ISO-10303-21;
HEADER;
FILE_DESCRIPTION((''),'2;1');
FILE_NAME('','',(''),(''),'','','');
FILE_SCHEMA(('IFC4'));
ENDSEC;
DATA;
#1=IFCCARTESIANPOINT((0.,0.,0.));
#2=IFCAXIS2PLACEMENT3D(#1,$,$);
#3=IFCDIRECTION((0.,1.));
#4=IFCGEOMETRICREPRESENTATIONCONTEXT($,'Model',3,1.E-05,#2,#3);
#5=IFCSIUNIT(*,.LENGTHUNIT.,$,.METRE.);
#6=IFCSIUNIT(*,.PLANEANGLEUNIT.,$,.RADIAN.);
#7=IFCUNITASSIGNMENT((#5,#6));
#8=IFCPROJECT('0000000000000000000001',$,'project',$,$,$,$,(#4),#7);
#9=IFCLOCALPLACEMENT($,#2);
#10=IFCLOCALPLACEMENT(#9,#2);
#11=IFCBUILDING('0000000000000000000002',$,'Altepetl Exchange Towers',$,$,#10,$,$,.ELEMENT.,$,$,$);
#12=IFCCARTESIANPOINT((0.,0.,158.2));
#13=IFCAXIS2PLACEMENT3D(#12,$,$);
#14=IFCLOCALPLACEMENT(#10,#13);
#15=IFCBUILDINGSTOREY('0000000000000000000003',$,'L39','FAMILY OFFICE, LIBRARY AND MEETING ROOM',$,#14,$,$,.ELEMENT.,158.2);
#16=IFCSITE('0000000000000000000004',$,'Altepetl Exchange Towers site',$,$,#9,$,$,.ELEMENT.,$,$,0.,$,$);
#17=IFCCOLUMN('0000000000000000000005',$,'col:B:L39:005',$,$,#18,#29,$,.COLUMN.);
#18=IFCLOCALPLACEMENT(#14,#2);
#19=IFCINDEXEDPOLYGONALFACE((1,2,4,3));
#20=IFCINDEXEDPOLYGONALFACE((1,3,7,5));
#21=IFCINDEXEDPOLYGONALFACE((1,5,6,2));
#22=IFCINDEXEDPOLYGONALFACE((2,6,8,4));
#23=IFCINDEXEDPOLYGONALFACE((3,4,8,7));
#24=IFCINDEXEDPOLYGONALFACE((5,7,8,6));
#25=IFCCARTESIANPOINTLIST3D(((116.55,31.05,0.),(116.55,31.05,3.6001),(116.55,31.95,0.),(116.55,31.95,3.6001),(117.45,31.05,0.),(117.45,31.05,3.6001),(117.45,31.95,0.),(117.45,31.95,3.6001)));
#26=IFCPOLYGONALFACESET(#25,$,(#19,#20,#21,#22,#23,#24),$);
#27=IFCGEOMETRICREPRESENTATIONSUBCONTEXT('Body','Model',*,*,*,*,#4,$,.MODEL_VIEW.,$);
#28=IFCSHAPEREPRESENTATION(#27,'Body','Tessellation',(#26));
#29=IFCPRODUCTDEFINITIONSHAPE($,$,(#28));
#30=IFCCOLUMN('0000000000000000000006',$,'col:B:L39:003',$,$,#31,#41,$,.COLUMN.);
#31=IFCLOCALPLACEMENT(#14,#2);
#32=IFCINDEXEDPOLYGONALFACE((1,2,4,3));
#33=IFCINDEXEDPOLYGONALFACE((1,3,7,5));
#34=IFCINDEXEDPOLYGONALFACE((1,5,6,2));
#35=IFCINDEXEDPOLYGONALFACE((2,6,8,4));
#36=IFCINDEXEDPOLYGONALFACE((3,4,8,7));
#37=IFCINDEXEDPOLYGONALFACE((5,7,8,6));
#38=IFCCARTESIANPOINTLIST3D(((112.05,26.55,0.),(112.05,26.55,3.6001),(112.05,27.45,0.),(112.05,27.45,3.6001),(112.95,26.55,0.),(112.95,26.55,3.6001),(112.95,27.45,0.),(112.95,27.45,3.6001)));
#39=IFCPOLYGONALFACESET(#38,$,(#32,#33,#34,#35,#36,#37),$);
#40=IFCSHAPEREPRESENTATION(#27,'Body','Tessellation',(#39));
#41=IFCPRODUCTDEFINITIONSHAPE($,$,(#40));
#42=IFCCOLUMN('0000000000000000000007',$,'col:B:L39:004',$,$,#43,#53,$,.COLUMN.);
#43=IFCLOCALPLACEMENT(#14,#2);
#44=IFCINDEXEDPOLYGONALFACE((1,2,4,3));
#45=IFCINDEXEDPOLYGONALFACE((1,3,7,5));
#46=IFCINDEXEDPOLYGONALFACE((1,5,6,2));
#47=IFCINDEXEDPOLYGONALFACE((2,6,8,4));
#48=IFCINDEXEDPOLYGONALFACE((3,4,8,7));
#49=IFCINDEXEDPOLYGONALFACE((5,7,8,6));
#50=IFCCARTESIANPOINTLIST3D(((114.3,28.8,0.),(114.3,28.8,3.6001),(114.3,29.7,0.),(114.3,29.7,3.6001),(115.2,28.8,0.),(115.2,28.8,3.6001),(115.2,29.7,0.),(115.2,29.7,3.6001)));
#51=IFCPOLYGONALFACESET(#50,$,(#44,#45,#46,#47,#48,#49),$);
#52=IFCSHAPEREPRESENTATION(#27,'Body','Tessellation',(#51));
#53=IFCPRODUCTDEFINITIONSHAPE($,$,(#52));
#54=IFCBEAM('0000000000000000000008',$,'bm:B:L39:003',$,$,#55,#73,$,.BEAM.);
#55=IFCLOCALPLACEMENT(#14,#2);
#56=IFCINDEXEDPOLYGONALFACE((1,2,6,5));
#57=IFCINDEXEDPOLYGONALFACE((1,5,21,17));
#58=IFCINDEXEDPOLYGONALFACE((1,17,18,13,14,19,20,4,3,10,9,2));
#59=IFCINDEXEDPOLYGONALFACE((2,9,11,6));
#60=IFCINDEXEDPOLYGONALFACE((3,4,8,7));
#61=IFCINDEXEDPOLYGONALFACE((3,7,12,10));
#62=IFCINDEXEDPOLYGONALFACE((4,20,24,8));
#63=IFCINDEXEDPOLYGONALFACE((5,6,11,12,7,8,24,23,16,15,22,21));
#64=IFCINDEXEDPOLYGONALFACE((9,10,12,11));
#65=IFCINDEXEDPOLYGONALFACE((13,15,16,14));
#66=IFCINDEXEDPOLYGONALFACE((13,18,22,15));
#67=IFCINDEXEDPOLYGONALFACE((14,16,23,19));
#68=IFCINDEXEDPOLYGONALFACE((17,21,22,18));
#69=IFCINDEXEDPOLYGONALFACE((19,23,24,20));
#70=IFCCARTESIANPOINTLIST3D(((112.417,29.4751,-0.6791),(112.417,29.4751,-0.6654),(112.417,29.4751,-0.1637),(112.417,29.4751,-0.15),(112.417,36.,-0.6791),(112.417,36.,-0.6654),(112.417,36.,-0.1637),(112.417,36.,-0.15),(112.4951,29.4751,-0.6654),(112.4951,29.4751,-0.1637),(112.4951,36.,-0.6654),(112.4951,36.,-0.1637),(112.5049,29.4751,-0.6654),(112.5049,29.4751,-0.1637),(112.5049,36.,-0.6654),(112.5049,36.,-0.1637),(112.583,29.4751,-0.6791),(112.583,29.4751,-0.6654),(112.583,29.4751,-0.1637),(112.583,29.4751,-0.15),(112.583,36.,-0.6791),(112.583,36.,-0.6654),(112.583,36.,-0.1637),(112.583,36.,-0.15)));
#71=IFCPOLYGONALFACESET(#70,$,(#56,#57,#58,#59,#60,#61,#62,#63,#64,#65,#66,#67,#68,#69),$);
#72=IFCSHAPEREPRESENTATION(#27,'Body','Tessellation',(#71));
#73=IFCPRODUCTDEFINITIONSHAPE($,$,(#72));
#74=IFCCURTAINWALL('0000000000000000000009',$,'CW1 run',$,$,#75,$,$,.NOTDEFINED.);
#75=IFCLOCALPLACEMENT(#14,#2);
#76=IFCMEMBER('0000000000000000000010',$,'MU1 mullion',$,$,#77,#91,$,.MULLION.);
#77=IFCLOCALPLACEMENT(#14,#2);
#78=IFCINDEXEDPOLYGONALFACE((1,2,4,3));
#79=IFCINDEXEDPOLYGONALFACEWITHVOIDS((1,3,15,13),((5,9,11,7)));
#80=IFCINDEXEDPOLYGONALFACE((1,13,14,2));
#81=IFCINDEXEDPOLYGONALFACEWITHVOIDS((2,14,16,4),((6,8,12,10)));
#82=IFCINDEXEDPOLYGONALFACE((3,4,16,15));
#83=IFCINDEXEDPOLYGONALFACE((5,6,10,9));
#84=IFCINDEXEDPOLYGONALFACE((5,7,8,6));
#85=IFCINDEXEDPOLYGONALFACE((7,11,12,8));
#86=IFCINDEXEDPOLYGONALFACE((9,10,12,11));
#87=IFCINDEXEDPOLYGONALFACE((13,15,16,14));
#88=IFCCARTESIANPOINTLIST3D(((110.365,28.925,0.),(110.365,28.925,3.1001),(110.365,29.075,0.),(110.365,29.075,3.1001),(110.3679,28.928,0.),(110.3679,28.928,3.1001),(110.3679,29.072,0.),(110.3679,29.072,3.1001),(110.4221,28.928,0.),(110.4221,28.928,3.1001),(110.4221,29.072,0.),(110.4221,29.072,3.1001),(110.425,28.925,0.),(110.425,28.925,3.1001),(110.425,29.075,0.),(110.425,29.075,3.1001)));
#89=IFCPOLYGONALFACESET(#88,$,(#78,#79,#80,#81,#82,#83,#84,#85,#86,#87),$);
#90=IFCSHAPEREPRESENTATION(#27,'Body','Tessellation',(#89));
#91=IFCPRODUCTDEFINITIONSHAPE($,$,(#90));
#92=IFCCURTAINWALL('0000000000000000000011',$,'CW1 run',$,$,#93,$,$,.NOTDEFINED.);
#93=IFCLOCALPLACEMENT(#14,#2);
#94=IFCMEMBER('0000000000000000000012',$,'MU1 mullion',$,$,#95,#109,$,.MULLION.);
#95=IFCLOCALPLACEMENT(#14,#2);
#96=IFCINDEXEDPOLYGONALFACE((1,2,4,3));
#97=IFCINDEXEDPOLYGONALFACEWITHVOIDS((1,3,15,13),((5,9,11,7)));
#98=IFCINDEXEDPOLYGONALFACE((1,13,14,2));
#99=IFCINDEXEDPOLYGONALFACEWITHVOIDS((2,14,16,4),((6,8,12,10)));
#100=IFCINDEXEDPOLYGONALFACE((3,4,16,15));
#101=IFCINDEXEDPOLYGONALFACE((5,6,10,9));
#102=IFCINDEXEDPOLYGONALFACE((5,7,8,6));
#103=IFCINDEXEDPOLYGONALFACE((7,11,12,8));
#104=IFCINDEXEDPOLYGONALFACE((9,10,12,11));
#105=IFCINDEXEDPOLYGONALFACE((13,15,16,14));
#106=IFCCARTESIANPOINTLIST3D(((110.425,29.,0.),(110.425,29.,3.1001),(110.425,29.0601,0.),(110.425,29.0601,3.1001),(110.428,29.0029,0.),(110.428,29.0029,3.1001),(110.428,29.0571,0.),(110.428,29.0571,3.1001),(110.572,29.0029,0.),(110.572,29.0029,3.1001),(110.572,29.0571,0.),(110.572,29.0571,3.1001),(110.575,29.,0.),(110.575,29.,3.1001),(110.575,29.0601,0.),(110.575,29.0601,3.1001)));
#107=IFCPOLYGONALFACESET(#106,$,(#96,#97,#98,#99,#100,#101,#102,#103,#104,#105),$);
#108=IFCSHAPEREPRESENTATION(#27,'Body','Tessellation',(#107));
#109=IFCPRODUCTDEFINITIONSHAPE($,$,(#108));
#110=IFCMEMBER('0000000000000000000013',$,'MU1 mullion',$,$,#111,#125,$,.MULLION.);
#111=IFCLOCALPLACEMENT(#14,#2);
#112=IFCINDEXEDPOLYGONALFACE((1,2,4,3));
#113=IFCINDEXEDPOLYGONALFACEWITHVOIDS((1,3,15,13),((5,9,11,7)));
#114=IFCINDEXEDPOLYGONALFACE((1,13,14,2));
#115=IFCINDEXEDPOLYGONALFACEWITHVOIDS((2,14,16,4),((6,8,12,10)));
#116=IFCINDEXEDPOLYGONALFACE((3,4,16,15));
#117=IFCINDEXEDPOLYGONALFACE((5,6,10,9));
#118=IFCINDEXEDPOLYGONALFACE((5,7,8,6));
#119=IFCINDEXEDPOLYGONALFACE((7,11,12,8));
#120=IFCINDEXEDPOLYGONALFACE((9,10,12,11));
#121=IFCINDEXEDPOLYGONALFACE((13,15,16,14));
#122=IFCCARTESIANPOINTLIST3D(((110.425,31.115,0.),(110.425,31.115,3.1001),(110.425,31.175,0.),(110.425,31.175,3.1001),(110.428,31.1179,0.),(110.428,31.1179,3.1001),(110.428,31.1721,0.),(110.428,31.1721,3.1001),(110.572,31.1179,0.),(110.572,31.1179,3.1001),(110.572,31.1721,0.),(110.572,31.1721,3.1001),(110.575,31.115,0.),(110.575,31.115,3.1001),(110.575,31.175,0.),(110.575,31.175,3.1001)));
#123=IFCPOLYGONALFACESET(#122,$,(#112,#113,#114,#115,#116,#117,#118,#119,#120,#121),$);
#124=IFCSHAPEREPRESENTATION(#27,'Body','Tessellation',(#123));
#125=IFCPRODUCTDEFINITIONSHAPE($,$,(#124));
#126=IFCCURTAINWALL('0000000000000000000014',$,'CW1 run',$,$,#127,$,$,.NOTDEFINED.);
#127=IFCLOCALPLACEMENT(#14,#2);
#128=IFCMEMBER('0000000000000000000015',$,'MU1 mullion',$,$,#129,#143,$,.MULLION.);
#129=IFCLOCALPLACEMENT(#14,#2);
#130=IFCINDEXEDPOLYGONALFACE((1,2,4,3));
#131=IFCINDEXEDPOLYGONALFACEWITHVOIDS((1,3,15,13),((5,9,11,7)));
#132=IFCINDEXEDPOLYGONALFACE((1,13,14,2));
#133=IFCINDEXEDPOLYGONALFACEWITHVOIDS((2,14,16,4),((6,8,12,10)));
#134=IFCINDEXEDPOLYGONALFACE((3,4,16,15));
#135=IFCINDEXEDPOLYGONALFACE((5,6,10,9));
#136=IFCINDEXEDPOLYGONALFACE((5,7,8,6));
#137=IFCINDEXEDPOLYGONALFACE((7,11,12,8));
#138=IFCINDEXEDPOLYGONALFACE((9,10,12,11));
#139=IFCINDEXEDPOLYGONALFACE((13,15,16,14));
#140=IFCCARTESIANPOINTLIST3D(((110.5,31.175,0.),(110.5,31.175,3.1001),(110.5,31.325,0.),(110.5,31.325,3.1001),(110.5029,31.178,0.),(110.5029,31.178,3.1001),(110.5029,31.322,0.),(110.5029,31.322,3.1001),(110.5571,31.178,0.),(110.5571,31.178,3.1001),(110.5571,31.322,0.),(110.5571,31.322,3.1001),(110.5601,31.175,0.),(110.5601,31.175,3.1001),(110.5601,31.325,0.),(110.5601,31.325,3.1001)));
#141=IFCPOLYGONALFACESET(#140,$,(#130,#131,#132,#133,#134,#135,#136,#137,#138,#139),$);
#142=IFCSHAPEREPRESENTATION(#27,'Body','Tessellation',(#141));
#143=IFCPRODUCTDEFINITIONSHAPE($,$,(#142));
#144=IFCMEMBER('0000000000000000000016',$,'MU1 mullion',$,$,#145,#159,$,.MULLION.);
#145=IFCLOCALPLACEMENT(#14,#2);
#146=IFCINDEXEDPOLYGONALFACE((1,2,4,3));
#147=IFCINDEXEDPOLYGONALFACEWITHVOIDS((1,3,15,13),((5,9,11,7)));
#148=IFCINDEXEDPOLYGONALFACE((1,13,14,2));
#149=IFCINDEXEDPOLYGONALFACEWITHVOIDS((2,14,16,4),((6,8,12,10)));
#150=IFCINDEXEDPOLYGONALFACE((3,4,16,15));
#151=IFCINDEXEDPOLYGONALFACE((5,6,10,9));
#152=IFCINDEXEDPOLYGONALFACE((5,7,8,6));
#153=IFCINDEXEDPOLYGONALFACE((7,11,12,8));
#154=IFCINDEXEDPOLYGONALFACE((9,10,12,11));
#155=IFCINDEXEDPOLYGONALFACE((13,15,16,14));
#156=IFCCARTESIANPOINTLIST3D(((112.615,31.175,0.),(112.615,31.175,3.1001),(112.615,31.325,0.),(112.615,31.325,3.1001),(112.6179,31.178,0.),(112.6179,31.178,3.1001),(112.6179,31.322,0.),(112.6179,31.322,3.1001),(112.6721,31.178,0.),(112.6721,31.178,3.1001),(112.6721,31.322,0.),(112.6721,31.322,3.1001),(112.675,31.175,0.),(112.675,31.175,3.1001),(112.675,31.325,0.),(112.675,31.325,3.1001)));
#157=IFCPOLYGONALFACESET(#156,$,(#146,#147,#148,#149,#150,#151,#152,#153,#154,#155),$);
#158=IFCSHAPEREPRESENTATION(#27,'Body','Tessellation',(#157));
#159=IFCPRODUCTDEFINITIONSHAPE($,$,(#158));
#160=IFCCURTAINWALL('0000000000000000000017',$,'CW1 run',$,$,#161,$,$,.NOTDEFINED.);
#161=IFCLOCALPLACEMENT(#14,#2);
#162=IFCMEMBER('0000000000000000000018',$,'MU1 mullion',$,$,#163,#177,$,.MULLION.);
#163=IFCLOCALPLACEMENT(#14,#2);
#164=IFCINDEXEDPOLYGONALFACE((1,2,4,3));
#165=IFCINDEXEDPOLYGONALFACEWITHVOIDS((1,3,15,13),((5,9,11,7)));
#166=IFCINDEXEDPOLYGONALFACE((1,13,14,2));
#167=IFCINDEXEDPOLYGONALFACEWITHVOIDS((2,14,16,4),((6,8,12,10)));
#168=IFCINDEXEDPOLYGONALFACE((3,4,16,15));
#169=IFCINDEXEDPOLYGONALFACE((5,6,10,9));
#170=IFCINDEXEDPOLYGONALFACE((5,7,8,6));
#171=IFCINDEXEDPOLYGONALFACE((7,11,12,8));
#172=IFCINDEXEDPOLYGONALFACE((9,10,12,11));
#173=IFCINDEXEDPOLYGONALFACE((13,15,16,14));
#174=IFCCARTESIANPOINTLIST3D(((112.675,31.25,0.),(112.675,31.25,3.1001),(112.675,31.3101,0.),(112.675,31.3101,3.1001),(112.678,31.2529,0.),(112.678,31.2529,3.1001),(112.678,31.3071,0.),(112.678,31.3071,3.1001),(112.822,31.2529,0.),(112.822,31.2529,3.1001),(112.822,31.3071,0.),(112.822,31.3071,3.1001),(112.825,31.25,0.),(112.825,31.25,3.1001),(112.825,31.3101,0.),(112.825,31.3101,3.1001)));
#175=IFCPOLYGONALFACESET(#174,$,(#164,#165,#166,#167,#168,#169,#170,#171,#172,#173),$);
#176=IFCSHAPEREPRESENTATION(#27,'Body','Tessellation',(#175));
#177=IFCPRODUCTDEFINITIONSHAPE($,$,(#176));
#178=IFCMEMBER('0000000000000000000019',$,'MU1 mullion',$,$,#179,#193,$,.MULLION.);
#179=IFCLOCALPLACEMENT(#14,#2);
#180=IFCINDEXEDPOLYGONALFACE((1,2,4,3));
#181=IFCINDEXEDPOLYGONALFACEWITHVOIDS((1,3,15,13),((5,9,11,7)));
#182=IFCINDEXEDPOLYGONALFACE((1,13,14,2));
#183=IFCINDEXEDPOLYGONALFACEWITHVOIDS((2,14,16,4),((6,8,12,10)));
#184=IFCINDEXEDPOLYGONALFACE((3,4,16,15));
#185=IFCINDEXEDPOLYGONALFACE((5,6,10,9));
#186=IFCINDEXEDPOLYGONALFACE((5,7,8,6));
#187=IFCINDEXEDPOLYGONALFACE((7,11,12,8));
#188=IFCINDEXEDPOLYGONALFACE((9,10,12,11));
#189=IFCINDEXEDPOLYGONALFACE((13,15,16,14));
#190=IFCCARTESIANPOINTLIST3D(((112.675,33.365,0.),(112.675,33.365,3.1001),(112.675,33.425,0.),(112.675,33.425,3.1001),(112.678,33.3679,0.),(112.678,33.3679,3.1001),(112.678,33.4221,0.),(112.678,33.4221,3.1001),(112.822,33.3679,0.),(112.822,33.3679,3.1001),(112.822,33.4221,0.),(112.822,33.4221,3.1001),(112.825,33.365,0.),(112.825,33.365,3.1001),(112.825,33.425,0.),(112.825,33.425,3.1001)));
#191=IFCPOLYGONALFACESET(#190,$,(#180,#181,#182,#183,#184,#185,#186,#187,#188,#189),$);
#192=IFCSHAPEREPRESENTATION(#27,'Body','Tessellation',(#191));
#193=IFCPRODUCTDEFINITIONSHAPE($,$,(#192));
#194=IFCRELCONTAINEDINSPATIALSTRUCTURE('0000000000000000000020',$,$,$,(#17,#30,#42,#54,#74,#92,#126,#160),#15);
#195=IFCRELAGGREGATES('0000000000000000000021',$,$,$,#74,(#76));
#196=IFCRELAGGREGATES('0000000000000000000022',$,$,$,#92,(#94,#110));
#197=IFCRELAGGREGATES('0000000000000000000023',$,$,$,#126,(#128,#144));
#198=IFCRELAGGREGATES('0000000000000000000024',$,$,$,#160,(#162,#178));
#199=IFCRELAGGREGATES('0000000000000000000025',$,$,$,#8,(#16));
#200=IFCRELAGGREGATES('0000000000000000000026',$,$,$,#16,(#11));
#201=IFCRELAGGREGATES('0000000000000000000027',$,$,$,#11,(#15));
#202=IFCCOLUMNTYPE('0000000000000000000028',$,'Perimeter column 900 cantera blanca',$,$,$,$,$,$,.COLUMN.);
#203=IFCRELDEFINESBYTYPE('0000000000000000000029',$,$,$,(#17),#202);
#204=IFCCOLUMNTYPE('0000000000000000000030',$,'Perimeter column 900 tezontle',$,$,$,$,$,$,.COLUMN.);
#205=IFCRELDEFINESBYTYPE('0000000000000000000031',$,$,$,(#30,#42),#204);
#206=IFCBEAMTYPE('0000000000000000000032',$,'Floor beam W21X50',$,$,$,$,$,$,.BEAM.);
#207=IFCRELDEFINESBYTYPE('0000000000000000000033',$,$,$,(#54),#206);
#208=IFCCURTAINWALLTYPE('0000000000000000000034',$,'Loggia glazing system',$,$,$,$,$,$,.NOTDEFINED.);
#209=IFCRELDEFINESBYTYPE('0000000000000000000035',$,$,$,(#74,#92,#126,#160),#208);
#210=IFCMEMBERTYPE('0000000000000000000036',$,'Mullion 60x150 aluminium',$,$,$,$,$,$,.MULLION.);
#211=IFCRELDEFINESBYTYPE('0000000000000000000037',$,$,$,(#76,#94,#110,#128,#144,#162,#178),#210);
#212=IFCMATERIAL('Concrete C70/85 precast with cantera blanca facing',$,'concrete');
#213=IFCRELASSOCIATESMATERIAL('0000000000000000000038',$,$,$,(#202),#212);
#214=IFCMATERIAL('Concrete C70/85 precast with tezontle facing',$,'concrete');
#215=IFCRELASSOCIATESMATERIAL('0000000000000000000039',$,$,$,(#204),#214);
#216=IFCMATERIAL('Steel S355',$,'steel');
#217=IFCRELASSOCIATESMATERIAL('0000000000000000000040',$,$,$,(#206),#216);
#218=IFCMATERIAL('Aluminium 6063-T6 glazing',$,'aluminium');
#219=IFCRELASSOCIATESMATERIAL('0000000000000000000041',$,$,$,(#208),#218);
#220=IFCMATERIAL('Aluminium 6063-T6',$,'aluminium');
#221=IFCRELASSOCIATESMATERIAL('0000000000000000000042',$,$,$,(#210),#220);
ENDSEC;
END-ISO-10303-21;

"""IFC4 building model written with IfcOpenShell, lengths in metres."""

from ifc_helpers import new_model, si_unit, direction, frame, origin, origin_2d, place, context, subcontext, project, spatial, rectangle, hollow_rectangle, i_section, extrude, material, material_profile, profile_set, type_object, element, aggregate, save


model = new_model("IFC4")

# Units and contexts
model_context = context("Model", 3, precision=1e-05, world=origin(), true_north=direction((0.0, 1.0)))
body_context = subcontext(model_context, "Body", "Model", "MODEL_VIEW")
ifc_project = project(units=[si_unit("LENGTHUNIT", "METRE"), si_unit("PLANEANGLEUNIT", "RADIAN")], contexts=[model_context])

# Site, building, storey
site_placement = place(None, origin())
site = spatial("IfcSite", under=ifc_project, at=site_placement, Name="Altepetl Exchange Towers site", CompositionType="ELEMENT", RefElevation=0.0)
building_placement = place(site_placement, origin())
building = spatial("IfcBuilding", under=site, at=building_placement, Name="Altepetl Exchange Towers", CompositionType="ELEMENT")
storey_placement = place(building_placement, frame((0.0, 0.0, 158.2)))
storey = spatial("IfcBuildingStorey", under=building, at=storey_placement, Name="L39", Description="FAMILY OFFICE, LIBRARY AND MEETING ROOM", CompositionType="ELEMENT", Elevation=158.2)

# Columns
ifc_material_1 = material(Name="Concrete C70/85 precast with cantera blanca facing", Category="concrete")
ifc_material_profile_1 = material_profile(ifc_material_1, rectangle(XDim=0.8999, YDim=0.8999, at=origin_2d()), Name="900 x 900")
ifc_profile_set_1 = profile_set([ifc_material_profile_1], Name="Concrete C70/85 precast with cantera blanca facing")
column_type_1 = type_object("IfcColumnType", Name="Perimeter column 900 cantera blanca", PredefinedType="COLUMN", material=ifc_profile_set_1)
column_placement = place(storey_placement, frame((117.0, 31.5, 0.0)))
element("IfcColumn", 1, at=column_placement, inside=storey, type_object=column_type_1, Name="col:B:L39:005", PredefinedType="COLUMN", context=body_context, shape_type="SweptSolid", body=[
    extrude(rectangle(XDim=0.8999, YDim=0.8999, at=origin_2d()), origin(), (0.0, 0.0, 1.0), 3.6001),
])
ifc_material_2 = material(Name="Concrete C70/85 precast with tezontle facing", Category="concrete")
ifc_material_profile_2 = material_profile(ifc_material_2, rectangle(XDim=0.8999, YDim=0.8999, at=origin_2d()), Name="900 x 900")
ifc_profile_set_2 = profile_set([ifc_material_profile_2], Name="Concrete C70/85 precast with tezontle facing")
column_type_2 = type_object("IfcColumnType", Name="Perimeter column 900 tezontle", PredefinedType="COLUMN", material=ifc_profile_set_2)
for number, where, name in (
    (2, (112.5, 27.0, 0.0), "col:B:L39:003"),
    (3, (114.75, 29.25, 0.0), "col:B:L39:004"),
):
    element("IfcColumn", number, at=place(storey_placement, frame(where)), inside=storey, type_object=column_type_2, Name=name, PredefinedType="COLUMN", context=body_context, shape_type="SweptSolid", body=[
        extrude(rectangle(XDim=0.8999, YDim=0.8999, at=origin_2d()), origin(), (0.0, 0.0, 1.0), 3.6001),
    ])

# Beam
ifc_material_3 = material(Name="Steel S355", Category="steel")
ifc_material_profile_3 = material_profile(ifc_material_3, i_section(OverallWidth=0.166, OverallDepth=0.5291, WebThickness=0.0098, FlangeThickness=0.0137, at=origin_2d()), Name="W21X50")
ifc_profile_set_3 = profile_set([ifc_material_profile_3], Name="Steel S355")
beam_type_1 = type_object("IfcBeamType", Name="Floor beam W21X50", PredefinedType="BEAM", material=ifc_profile_set_3)
beam_1_placement = place(storey_placement, frame((112.5, 29.4751, -0.4146), z_axis=(0.0, 1.0, 0.0), x_axis=(-1.0, 0.0, 0.0)))
element("IfcBeam", 4, at=beam_1_placement, inside=storey, type_object=beam_type_1, Name="bm:B:L39:003", PredefinedType="BEAM", context=body_context, shape_type="SweptSolid", body=[
    extrude(i_section(OverallWidth=0.166, OverallDepth=0.5291, WebThickness=0.0098, FlangeThickness=0.0137, at=origin_2d()), origin(), (0.0, 0.0, 1.0), 6.5249),
])

# Curtain wall, member
ifc_material_4 = material(Name="Aluminium 6063-T6 glazing", Category="aluminium")
curtain_wall_type = type_object("IfcCurtainWallType", Name="Loggia glazing system", PredefinedType="NOTDEFINED", material=ifc_material_4)
curtain_wall_1_placement = place(storey_placement, origin())
curtain_wall_1 = element("IfcCurtainWall", 5, at=curtain_wall_1_placement, inside=storey, type_object=curtain_wall_type, Name="CW1 run", PredefinedType="NOTDEFINED")
ifc_material_5 = material(Name="Aluminium 6063-T6", Category="aluminium")
ifc_material_profile_4 = material_profile(ifc_material_5, hollow_rectangle(XDim=0.0601, YDim=0.1499, WallThickness=0.0029, at=origin_2d()), Name="Mullion 60x150 aluminium")
ifc_profile_set_4 = profile_set([ifc_material_profile_4], Name="Aluminium 6063-T6")
member_type = type_object("IfcMemberType", Name="Mullion 60x150 aluminium", PredefinedType="MULLION", material=ifc_profile_set_4)
member_1_placement = place(storey_placement, frame((110.395, 29.0, 0.0)))
member_1 = element("IfcMember", 6, at=member_1_placement, type_object=member_type, Name="MU1 mullion", PredefinedType="MULLION", context=body_context, shape_type="SweptSolid", body=[
    extrude(hollow_rectangle(XDim=0.0601, YDim=0.1499, WallThickness=0.0029, at=origin_2d()), origin(), (0.0, 0.0, 1.0), 3.1001),
])

# Curtain walls, members
curtain_wall_2_placement = place(storey_placement, origin())
curtain_wall_2 = element("IfcCurtainWall", 7, at=curtain_wall_2_placement, inside=storey, type_object=curtain_wall_type, Name="CW1 run", PredefinedType="NOTDEFINED")
member_2_placement = place(storey_placement, frame((110.5, 29.03, 0.0), z_axis=(0.0, 0.0, 1.0), x_axis=(0.0, 1.0, 0.0)))
member_2 = element("IfcMember", 8, at=member_2_placement, type_object=member_type, Name="MU1 mullion", PredefinedType="MULLION", context=body_context, shape_type="SweptSolid", body=[
    extrude(hollow_rectangle(XDim=0.0601, YDim=0.1499, WallThickness=0.0029, at=origin_2d()), origin(), (0.0, 0.0, 1.0), 3.1001),
])
member_3_placement = place(storey_placement, frame((110.5, 31.145, 0.0), z_axis=(0.0, 0.0, 1.0), x_axis=(0.0, 1.0, 0.0)))
member_3 = element("IfcMember", 9, at=member_3_placement, type_object=member_type, Name="MU1 mullion", PredefinedType="MULLION", context=body_context, shape_type="SweptSolid", body=[
    extrude(hollow_rectangle(XDim=0.0601, YDim=0.1499, WallThickness=0.0029, at=origin_2d()), origin(), (0.0, 0.0, 1.0), 3.1001),
])
curtain_wall_3_placement = place(storey_placement, origin())
curtain_wall_3 = element("IfcCurtainWall", 10, at=curtain_wall_3_placement, inside=storey, type_object=curtain_wall_type, Name="CW1 run", PredefinedType="NOTDEFINED")
member_4_placement = place(storey_placement, frame((110.53, 31.25, 0.0)))
member_4 = element("IfcMember", 11, at=member_4_placement, type_object=member_type, Name="MU1 mullion", PredefinedType="MULLION", context=body_context, shape_type="SweptSolid", body=[
    extrude(hollow_rectangle(XDim=0.0601, YDim=0.1499, WallThickness=0.0029, at=origin_2d()), origin(), (0.0, 0.0, 1.0), 3.1001),
])
member_5_placement = place(storey_placement, frame((112.645, 31.25, 0.0)))
member_5 = element("IfcMember", 12, at=member_5_placement, type_object=member_type, Name="MU1 mullion", PredefinedType="MULLION", context=body_context, shape_type="SweptSolid", body=[
    extrude(hollow_rectangle(XDim=0.0601, YDim=0.1499, WallThickness=0.0029, at=origin_2d()), origin(), (0.0, 0.0, 1.0), 3.1001),
])
curtain_wall_4_placement = place(storey_placement, origin())
curtain_wall_4 = element("IfcCurtainWall", 13, at=curtain_wall_4_placement, inside=storey, type_object=curtain_wall_type, Name="CW1 run", PredefinedType="NOTDEFINED")
member_6_placement = place(storey_placement, frame((112.75, 31.28, 0.0), z_axis=(0.0, 0.0, 1.0), x_axis=(0.0, 1.0, 0.0)))
member_6 = element("IfcMember", 14, at=member_6_placement, type_object=member_type, Name="MU1 mullion", PredefinedType="MULLION", context=body_context, shape_type="SweptSolid", body=[
    extrude(hollow_rectangle(XDim=0.0601, YDim=0.1499, WallThickness=0.0029, at=origin_2d()), origin(), (0.0, 0.0, 1.0), 3.1001),
])
member_7_placement = place(storey_placement, frame((112.75, 33.395, 0.0), z_axis=(0.0, 0.0, 1.0), x_axis=(0.0, 1.0, 0.0)))
member_7 = element("IfcMember", 15, at=member_7_placement, type_object=member_type, Name="MU1 mullion", PredefinedType="MULLION", context=body_context, shape_type="SweptSolid", body=[
    extrude(hollow_rectangle(XDim=0.0601, YDim=0.1499, WallThickness=0.0029, at=origin_2d()), origin(), (0.0, 0.0, 1.0), 3.1001),
])

aggregate(curtain_wall_1, [member_1])
aggregate(curtain_wall_2, [member_2, member_3])
aggregate(curtain_wall_3, [member_4, member_5])
aggregate(curtain_wall_4, [member_6, member_7])

save(model, "model.ifc")
